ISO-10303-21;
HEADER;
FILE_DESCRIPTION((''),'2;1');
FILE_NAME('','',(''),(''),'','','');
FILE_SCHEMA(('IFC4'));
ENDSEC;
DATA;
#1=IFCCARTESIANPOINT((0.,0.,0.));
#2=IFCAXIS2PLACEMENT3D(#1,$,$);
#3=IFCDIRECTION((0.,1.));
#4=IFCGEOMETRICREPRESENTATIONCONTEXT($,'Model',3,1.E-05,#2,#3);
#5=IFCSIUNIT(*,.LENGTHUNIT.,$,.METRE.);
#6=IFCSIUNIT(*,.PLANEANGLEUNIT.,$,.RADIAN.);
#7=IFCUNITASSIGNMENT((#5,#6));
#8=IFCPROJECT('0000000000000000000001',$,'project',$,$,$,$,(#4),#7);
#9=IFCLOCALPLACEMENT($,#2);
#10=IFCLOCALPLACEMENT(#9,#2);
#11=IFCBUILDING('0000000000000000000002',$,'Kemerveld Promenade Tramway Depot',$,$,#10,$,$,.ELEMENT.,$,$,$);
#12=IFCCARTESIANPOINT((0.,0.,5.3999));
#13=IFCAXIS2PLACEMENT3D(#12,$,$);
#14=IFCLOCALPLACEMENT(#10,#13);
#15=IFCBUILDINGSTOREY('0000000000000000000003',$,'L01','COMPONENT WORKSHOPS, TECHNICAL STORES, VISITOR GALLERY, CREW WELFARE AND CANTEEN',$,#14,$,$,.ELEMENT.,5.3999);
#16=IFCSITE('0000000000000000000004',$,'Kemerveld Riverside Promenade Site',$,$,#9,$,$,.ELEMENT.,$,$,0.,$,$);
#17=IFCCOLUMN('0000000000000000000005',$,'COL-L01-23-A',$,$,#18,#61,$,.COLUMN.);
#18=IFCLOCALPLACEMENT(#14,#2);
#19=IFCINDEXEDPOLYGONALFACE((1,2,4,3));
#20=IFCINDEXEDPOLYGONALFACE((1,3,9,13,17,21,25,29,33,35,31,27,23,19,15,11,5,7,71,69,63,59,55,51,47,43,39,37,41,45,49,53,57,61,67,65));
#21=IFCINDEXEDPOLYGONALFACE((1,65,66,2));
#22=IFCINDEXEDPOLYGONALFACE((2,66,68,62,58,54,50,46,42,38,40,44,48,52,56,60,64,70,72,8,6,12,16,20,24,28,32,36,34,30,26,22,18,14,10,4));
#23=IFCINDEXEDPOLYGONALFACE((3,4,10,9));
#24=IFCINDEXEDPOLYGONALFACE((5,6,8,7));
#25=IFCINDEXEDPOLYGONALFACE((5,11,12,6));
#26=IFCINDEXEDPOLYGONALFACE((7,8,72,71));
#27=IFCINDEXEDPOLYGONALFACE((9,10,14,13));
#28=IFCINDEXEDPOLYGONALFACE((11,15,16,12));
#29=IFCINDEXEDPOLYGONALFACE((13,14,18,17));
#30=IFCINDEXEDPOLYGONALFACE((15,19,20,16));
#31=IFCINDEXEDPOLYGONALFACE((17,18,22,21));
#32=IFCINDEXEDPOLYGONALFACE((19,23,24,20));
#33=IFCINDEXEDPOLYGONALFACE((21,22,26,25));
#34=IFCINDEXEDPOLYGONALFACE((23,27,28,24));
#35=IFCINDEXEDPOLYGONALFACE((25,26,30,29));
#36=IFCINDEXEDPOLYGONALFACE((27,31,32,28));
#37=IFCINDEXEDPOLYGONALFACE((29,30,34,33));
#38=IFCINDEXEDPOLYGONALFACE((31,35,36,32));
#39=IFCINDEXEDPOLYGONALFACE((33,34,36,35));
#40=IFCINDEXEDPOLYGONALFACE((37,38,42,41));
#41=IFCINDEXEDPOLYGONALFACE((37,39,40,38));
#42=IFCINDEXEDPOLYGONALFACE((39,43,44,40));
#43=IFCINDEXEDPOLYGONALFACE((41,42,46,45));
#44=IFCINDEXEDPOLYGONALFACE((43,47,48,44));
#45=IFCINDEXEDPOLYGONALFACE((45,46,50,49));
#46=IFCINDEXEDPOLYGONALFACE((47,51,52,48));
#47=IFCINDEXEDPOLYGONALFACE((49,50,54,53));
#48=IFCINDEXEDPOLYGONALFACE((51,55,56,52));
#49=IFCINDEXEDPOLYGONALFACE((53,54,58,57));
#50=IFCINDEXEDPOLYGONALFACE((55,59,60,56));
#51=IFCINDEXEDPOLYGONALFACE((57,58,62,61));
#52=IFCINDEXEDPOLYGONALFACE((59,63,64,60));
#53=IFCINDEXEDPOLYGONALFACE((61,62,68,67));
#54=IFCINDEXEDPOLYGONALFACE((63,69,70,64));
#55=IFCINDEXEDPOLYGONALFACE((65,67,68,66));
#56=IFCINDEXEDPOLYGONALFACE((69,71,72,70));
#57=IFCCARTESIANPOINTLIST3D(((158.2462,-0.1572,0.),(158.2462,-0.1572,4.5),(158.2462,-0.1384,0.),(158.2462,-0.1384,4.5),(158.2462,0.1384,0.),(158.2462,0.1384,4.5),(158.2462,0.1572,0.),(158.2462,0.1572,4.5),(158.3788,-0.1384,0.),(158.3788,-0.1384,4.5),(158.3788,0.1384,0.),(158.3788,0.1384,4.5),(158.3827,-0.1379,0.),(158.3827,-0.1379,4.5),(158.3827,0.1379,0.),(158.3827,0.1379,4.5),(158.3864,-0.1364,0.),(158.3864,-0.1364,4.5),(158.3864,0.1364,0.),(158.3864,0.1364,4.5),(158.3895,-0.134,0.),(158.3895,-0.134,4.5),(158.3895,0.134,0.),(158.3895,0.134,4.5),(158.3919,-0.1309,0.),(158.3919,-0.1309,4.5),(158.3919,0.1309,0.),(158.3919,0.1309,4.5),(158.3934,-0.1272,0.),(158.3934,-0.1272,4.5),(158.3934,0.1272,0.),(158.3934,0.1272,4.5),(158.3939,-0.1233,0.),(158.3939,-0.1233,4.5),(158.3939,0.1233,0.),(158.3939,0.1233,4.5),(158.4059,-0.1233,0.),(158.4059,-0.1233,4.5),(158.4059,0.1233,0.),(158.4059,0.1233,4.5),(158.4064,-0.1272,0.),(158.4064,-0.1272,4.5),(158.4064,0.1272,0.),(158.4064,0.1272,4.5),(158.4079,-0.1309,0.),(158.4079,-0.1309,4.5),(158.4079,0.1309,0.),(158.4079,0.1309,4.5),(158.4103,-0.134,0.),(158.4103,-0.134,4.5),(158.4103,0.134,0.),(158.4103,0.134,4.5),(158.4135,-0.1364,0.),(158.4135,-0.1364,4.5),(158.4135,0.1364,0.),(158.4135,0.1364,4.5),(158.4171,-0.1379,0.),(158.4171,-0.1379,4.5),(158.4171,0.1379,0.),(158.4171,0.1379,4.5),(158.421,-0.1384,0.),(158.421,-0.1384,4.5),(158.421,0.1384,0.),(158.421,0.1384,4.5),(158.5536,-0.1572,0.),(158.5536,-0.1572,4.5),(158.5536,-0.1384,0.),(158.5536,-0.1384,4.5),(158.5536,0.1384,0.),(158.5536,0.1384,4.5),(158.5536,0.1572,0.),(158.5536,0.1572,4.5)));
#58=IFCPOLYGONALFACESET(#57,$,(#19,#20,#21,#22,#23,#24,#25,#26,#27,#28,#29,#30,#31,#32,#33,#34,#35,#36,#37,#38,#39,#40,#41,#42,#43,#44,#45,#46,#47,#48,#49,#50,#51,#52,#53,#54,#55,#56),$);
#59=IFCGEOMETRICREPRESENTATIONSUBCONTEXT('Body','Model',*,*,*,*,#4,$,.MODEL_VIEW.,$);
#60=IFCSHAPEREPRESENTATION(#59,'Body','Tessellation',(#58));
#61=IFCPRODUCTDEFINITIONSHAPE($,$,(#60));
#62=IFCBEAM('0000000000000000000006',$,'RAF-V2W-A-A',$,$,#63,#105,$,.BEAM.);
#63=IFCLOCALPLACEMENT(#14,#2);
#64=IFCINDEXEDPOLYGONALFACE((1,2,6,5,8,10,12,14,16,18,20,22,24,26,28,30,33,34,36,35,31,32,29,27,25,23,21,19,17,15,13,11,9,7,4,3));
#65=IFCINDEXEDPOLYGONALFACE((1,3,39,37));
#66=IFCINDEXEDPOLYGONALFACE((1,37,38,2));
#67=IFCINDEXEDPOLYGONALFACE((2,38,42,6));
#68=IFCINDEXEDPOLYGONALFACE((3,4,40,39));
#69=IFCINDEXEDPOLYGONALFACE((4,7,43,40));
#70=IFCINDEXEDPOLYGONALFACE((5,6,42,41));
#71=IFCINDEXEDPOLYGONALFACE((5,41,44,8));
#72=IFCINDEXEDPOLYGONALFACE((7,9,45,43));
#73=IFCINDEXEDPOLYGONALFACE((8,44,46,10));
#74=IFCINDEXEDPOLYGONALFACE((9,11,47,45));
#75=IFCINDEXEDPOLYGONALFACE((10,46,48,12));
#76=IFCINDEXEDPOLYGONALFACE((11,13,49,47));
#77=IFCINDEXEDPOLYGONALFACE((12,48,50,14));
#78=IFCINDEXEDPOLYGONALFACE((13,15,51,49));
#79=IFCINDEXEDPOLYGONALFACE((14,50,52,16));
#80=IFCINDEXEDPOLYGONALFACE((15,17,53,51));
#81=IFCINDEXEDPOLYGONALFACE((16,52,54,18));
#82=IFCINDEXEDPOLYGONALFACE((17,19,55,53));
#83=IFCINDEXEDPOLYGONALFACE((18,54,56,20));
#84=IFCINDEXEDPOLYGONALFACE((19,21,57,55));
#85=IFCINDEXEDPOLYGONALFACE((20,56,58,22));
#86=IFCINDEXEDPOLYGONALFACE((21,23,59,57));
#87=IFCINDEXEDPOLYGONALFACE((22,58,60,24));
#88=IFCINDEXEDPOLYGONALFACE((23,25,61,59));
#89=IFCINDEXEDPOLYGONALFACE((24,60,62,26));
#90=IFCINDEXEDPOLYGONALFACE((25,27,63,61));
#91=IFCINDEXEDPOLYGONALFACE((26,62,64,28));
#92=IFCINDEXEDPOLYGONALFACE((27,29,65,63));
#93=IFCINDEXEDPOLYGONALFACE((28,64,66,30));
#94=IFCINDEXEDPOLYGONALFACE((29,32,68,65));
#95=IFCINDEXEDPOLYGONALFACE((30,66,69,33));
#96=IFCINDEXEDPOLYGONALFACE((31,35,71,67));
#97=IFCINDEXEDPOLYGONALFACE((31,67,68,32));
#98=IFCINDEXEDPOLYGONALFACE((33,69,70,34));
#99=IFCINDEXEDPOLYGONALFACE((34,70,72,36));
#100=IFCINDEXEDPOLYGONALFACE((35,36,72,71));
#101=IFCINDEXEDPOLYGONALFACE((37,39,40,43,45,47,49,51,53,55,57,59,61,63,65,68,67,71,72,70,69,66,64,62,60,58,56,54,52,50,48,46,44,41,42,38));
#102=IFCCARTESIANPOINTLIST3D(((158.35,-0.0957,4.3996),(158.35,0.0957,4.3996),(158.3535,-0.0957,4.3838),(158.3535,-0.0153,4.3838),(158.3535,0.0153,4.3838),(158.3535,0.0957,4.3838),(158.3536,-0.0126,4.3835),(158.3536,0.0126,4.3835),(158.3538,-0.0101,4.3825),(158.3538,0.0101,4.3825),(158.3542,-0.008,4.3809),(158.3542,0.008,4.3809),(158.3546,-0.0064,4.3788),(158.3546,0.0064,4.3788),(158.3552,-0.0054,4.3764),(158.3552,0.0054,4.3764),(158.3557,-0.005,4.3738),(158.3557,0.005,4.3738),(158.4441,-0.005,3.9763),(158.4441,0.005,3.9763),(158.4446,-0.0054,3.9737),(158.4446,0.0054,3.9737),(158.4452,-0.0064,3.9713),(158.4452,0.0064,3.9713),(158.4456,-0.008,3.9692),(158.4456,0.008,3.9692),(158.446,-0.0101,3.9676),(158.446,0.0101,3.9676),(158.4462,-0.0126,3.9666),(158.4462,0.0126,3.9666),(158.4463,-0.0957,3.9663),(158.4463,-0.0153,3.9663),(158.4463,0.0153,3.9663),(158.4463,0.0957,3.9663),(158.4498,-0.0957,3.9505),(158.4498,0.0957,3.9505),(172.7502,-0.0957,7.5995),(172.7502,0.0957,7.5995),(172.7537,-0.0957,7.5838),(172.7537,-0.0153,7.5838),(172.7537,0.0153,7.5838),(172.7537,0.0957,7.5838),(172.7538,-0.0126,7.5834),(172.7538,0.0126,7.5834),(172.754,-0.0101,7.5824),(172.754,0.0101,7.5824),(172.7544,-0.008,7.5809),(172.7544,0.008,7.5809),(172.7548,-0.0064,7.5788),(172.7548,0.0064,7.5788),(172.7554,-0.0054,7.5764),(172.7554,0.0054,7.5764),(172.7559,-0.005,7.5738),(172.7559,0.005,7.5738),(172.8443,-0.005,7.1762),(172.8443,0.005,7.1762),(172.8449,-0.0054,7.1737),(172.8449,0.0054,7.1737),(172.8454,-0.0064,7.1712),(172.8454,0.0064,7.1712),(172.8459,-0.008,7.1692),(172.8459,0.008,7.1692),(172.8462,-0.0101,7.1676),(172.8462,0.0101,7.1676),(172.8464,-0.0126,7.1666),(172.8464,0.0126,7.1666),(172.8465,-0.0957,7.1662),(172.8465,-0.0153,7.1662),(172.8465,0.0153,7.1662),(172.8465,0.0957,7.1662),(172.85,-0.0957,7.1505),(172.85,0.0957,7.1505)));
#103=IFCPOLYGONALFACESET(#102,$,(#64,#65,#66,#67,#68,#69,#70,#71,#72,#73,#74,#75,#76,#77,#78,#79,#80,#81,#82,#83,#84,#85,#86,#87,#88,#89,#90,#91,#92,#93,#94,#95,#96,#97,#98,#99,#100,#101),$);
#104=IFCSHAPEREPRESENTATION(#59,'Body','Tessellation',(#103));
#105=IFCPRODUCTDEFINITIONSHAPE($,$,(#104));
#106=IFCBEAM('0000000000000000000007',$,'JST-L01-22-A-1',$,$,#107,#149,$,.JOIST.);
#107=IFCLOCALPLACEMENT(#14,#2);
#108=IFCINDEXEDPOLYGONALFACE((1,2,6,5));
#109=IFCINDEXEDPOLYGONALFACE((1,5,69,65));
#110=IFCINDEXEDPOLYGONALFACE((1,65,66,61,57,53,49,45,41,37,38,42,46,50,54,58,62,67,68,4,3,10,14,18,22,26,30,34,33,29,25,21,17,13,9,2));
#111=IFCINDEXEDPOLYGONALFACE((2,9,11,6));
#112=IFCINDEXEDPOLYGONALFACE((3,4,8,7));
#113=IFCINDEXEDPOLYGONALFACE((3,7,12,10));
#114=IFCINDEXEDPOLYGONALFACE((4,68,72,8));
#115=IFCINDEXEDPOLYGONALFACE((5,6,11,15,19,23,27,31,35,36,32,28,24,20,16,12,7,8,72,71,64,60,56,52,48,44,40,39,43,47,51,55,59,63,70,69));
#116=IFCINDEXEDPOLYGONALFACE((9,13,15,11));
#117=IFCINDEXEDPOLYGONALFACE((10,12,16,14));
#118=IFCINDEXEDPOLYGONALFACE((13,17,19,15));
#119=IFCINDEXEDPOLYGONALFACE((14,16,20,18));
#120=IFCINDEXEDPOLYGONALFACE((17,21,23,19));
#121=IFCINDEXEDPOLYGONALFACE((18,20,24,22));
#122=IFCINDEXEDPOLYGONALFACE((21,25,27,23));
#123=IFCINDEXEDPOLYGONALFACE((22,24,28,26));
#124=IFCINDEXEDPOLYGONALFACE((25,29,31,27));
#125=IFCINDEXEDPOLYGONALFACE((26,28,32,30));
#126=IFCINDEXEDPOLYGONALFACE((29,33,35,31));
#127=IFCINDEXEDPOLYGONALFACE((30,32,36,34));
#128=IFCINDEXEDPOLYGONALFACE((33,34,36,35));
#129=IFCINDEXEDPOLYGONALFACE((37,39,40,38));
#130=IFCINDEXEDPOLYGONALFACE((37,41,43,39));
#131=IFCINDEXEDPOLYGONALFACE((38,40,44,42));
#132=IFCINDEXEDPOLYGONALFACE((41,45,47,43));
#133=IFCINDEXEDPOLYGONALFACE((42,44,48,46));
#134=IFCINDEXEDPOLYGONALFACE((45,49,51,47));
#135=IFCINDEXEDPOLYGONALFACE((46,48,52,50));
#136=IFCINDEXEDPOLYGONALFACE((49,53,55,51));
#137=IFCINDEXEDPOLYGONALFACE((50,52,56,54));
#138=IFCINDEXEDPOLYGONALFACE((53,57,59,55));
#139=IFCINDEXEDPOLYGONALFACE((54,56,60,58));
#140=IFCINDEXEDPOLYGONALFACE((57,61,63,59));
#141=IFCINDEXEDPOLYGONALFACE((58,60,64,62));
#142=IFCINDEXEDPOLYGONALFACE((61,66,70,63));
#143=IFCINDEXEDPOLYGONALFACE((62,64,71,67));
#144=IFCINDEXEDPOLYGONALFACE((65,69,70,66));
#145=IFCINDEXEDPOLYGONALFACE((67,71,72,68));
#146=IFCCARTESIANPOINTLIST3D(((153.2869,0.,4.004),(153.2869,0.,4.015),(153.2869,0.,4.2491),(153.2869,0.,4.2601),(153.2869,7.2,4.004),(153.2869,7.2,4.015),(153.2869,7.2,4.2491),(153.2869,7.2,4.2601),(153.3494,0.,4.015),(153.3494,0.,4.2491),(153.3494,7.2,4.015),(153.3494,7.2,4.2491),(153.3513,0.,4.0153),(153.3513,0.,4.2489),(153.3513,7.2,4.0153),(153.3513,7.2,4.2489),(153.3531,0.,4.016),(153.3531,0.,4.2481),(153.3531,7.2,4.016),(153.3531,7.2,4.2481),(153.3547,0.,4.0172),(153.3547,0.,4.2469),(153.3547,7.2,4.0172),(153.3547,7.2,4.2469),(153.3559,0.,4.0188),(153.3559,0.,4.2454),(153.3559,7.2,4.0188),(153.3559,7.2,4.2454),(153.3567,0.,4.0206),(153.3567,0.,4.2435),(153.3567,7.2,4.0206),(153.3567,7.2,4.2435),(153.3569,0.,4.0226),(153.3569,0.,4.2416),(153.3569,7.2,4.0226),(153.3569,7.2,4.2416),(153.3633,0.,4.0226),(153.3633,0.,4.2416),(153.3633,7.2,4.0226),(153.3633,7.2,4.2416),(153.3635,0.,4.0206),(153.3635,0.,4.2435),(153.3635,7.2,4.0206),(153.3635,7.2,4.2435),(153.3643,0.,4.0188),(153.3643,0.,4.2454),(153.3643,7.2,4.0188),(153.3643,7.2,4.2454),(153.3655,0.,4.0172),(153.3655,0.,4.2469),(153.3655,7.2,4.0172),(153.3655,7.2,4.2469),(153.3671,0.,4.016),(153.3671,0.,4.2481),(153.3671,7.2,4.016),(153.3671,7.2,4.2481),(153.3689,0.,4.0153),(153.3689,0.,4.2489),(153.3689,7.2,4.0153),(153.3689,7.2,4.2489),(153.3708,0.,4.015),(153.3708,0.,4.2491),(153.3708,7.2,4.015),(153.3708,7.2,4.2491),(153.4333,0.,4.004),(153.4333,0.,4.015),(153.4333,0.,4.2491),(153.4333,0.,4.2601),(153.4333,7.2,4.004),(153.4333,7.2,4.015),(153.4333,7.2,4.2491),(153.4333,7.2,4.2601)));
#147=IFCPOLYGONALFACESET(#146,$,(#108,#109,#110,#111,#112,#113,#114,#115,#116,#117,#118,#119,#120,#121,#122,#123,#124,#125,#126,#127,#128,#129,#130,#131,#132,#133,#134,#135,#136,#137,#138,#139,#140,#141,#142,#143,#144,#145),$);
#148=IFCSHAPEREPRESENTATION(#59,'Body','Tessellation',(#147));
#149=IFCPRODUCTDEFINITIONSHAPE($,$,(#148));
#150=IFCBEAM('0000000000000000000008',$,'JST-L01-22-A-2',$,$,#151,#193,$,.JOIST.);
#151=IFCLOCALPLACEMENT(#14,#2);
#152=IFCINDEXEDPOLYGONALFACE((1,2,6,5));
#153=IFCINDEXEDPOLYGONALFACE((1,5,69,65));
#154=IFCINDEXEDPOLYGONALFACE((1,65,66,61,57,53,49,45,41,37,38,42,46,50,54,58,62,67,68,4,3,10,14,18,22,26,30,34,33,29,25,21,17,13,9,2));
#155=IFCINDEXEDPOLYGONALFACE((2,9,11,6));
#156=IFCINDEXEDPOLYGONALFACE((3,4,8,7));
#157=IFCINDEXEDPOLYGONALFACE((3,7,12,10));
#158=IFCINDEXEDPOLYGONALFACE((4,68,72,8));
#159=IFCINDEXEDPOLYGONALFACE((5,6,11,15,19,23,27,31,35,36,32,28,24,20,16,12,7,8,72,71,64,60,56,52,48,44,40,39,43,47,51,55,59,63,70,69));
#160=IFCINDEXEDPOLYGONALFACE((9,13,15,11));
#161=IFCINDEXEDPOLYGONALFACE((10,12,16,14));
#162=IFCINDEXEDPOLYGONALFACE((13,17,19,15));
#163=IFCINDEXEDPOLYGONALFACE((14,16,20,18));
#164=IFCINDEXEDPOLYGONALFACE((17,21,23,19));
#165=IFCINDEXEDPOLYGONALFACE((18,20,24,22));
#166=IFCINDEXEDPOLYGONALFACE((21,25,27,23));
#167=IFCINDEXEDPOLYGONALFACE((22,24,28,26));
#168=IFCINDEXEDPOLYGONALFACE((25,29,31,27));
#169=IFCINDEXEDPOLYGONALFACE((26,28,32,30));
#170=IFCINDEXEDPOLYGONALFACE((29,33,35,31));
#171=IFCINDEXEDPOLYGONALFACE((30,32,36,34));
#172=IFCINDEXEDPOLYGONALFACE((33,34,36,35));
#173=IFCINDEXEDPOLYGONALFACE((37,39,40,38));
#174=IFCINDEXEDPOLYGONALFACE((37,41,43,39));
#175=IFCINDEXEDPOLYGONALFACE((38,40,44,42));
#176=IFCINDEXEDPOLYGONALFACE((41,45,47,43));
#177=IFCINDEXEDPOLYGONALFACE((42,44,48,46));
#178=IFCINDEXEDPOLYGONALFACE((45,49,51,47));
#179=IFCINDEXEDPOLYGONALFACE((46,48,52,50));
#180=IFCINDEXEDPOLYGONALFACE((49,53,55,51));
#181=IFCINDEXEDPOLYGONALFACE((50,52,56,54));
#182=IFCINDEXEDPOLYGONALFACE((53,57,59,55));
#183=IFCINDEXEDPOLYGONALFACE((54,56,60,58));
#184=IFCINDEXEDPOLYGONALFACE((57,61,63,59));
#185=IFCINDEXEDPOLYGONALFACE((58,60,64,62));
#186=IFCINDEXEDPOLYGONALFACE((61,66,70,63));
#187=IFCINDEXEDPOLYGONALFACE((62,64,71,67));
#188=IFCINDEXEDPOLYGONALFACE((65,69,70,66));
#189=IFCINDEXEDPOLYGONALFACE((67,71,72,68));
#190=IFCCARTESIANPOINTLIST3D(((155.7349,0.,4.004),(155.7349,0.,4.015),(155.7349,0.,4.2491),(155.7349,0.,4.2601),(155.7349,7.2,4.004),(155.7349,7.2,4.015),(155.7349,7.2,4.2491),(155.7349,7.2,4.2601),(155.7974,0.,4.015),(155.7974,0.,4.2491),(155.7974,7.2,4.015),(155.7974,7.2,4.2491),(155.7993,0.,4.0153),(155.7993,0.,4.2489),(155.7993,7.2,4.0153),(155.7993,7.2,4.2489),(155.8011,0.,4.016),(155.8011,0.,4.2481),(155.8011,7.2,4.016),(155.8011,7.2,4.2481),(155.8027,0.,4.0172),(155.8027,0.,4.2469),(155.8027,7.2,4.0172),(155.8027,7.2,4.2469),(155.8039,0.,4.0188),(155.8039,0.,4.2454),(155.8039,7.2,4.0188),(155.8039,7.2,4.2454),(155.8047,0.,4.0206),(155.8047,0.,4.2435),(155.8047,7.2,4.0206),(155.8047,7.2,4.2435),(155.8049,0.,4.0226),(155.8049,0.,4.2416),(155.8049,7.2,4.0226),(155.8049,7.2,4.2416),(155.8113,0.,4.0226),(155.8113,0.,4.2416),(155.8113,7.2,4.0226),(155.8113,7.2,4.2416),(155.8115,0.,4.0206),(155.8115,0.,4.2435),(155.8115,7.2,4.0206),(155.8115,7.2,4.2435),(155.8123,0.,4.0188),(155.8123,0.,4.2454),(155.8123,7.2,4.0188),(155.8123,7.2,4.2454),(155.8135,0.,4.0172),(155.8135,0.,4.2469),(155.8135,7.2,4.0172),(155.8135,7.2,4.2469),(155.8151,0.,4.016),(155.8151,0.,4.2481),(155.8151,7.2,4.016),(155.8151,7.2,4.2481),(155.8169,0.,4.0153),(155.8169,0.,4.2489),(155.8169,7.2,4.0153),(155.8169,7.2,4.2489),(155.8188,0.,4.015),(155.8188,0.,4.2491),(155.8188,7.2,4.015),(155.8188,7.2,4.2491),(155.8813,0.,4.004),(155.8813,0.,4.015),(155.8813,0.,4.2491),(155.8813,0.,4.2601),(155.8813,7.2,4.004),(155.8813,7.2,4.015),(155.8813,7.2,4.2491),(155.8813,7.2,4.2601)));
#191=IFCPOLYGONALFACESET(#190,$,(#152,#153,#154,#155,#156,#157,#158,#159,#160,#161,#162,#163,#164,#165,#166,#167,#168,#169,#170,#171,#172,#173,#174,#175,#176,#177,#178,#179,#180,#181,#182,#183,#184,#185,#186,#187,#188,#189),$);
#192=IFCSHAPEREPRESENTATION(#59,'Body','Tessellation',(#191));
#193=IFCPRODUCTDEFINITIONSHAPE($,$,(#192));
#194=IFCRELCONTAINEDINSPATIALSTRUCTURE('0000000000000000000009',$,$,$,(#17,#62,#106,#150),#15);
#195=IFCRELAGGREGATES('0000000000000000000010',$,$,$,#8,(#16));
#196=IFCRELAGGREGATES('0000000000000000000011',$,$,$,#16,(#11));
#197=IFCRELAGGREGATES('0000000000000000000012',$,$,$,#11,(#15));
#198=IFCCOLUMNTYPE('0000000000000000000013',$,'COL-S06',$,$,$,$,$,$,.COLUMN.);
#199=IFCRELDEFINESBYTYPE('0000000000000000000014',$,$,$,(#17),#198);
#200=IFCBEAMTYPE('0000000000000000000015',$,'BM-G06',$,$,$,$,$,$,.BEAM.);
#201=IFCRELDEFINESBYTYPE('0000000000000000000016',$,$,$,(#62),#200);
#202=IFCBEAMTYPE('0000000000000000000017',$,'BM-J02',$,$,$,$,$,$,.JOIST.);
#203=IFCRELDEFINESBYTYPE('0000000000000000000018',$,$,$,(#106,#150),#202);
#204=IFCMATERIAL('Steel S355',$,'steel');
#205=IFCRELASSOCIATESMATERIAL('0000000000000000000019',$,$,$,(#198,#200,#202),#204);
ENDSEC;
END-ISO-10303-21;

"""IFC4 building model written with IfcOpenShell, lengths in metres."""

from ifc_helpers import new_model, si_unit, direction, frame, origin, origin_2d, place, context, subcontext, project, spatial, i_section, extrude, material, material_profile, profile_set, type_object, element, save


model = new_model("IFC4")

# Units and contexts
model_context = context("Model", 3, precision=1e-05, world=origin(), true_north=direction((0.0, 1.0)))
body_context = subcontext(model_context, "Body", "Model", "MODEL_VIEW")
ifc_project = project(units=[si_unit("LENGTHUNIT", "METRE"), si_unit("PLANEANGLEUNIT", "RADIAN")], contexts=[model_context])

# Site, building, storey
site_placement = place(None, origin())
site = spatial("IfcSite", under=ifc_project, at=site_placement, Name="Kemerveld Riverside Promenade Site", CompositionType="ELEMENT", RefElevation=0.0)
building_placement = place(site_placement, origin())
building = spatial("IfcBuilding", under=site, at=building_placement, Name="Kemerveld Promenade Tramway Depot", CompositionType="ELEMENT")
storey_placement = place(building_placement, frame((0.0, 0.0, 5.3999)))
storey = spatial("IfcBuildingStorey", under=building, at=storey_placement, Name="L01", Description="COMPONENT WORKSHOPS, TECHNICAL STORES, VISITOR GALLERY, CREW WELFARE AND CANTEEN", CompositionType="ELEMENT", Elevation=5.3999)

# Column
ifc_material_1 = material(Name="Steel S355", Category="steel")
ifc_material_profile_1 = material_profile(ifc_material_1, i_section(OverallWidth=0.3074, OverallDepth=0.3145, WebThickness=0.012, FlangeThickness=0.0188, FilletRadius=0.0151, at=origin_2d()), Name="305x305x118 UC")
ifc_profile_set_1 = profile_set([ifc_material_profile_1], Name="Steel S355")
column_type = type_object("IfcColumnType", Name="COL-S06", PredefinedType="COLUMN", material=ifc_profile_set_1)
column_placement = place(storey_placement, frame((158.3999, 0.0, 0.0), z_axis=(0.0, 0.0, 1.0), x_axis=(1.0, 0.0, 0.0)))
element("IfcColumn", 1, at=column_placement, inside=storey, type_object=column_type, Name="COL-L01-23-A", PredefinedType="COLUMN", context=body_context, shape_type="SweptSolid", body=[
    extrude(i_section(OverallWidth=0.3074, OverallDepth=0.3145, WebThickness=0.012, FlangeThickness=0.0188, FilletRadius=0.0151, at=origin_2d()), origin(), (0.0, 0.0, 1.0), 4.5),
])

# Beams
ifc_material_profile_2 = material_profile(ifc_material_1, i_section(OverallWidth=0.1914, OverallDepth=0.46, WebThickness=0.01, FlangeThickness=0.0161, FilletRadius=0.0103, at=origin_2d()), Name="457x191x82 UB")
ifc_profile_set_2 = profile_set([ifc_material_profile_2], Name="Steel S355")
beam_type_1 = type_object("IfcBeamType", Name="BM-G06", PredefinedType="BEAM", material=ifc_profile_set_2)
beam_1_placement = place(storey_placement, frame((158.3999, 0.0, 4.175), z_axis=(0.976188, 0.0, 0.216925), x_axis=(0.0, 1.0, 0.0)))
element("IfcBeam", 2, at=beam_1_placement, inside=storey, type_object=beam_type_1, Name="RAF-V2W-A-A", PredefinedType="BEAM", context=body_context, shape_type="SweptSolid", body=[
    extrude(i_section(OverallWidth=0.1914, OverallDepth=0.46, WebThickness=0.01, FlangeThickness=0.0161, FilletRadius=0.0103, at=origin_2d()), origin(), (0.0, 0.0, 1.0), 14.7515),
])
ifc_material_profile_3 = material_profile(ifc_material_1, i_section(OverallWidth=0.1465, OverallDepth=0.2561, WebThickness=0.0063, FlangeThickness=0.011, FilletRadius=0.0076, at=origin_2d()), Name="254x146x37 UB")
ifc_profile_set_3 = profile_set([ifc_material_profile_3], Name="Steel S355")
beam_type_2 = type_object("IfcBeamType", Name="BM-J02", PredefinedType="JOIST", material=ifc_profile_set_3)
for number, where, z_axis, x_axis, name in (
    (3, (153.3601, 0.0, 4.1321), (0.0, 1.0, 0.0), (-1.0, 0.0, 0.0), "JST-L01-22-A-1"),
    (4, (155.8081, 0.0, 4.1321), (0.0, 1.0, 0.0), (-1.0, 0.0, 0.0), "JST-L01-22-A-2"),
):
    element("IfcBeam", number, at=place(storey_placement, frame(where, z_axis=z_axis, x_axis=x_axis)), inside=storey, type_object=beam_type_2, Name=name, PredefinedType="JOIST", context=body_context, shape_type="SweptSolid", body=[
        extrude(i_section(OverallWidth=0.1465, OverallDepth=0.2561, WebThickness=0.0063, FlangeThickness=0.011, FilletRadius=0.0076, at=origin_2d()), origin(), (0.0, 0.0, 1.0), 7.2),
    ])

save(model, "model.ifc")
